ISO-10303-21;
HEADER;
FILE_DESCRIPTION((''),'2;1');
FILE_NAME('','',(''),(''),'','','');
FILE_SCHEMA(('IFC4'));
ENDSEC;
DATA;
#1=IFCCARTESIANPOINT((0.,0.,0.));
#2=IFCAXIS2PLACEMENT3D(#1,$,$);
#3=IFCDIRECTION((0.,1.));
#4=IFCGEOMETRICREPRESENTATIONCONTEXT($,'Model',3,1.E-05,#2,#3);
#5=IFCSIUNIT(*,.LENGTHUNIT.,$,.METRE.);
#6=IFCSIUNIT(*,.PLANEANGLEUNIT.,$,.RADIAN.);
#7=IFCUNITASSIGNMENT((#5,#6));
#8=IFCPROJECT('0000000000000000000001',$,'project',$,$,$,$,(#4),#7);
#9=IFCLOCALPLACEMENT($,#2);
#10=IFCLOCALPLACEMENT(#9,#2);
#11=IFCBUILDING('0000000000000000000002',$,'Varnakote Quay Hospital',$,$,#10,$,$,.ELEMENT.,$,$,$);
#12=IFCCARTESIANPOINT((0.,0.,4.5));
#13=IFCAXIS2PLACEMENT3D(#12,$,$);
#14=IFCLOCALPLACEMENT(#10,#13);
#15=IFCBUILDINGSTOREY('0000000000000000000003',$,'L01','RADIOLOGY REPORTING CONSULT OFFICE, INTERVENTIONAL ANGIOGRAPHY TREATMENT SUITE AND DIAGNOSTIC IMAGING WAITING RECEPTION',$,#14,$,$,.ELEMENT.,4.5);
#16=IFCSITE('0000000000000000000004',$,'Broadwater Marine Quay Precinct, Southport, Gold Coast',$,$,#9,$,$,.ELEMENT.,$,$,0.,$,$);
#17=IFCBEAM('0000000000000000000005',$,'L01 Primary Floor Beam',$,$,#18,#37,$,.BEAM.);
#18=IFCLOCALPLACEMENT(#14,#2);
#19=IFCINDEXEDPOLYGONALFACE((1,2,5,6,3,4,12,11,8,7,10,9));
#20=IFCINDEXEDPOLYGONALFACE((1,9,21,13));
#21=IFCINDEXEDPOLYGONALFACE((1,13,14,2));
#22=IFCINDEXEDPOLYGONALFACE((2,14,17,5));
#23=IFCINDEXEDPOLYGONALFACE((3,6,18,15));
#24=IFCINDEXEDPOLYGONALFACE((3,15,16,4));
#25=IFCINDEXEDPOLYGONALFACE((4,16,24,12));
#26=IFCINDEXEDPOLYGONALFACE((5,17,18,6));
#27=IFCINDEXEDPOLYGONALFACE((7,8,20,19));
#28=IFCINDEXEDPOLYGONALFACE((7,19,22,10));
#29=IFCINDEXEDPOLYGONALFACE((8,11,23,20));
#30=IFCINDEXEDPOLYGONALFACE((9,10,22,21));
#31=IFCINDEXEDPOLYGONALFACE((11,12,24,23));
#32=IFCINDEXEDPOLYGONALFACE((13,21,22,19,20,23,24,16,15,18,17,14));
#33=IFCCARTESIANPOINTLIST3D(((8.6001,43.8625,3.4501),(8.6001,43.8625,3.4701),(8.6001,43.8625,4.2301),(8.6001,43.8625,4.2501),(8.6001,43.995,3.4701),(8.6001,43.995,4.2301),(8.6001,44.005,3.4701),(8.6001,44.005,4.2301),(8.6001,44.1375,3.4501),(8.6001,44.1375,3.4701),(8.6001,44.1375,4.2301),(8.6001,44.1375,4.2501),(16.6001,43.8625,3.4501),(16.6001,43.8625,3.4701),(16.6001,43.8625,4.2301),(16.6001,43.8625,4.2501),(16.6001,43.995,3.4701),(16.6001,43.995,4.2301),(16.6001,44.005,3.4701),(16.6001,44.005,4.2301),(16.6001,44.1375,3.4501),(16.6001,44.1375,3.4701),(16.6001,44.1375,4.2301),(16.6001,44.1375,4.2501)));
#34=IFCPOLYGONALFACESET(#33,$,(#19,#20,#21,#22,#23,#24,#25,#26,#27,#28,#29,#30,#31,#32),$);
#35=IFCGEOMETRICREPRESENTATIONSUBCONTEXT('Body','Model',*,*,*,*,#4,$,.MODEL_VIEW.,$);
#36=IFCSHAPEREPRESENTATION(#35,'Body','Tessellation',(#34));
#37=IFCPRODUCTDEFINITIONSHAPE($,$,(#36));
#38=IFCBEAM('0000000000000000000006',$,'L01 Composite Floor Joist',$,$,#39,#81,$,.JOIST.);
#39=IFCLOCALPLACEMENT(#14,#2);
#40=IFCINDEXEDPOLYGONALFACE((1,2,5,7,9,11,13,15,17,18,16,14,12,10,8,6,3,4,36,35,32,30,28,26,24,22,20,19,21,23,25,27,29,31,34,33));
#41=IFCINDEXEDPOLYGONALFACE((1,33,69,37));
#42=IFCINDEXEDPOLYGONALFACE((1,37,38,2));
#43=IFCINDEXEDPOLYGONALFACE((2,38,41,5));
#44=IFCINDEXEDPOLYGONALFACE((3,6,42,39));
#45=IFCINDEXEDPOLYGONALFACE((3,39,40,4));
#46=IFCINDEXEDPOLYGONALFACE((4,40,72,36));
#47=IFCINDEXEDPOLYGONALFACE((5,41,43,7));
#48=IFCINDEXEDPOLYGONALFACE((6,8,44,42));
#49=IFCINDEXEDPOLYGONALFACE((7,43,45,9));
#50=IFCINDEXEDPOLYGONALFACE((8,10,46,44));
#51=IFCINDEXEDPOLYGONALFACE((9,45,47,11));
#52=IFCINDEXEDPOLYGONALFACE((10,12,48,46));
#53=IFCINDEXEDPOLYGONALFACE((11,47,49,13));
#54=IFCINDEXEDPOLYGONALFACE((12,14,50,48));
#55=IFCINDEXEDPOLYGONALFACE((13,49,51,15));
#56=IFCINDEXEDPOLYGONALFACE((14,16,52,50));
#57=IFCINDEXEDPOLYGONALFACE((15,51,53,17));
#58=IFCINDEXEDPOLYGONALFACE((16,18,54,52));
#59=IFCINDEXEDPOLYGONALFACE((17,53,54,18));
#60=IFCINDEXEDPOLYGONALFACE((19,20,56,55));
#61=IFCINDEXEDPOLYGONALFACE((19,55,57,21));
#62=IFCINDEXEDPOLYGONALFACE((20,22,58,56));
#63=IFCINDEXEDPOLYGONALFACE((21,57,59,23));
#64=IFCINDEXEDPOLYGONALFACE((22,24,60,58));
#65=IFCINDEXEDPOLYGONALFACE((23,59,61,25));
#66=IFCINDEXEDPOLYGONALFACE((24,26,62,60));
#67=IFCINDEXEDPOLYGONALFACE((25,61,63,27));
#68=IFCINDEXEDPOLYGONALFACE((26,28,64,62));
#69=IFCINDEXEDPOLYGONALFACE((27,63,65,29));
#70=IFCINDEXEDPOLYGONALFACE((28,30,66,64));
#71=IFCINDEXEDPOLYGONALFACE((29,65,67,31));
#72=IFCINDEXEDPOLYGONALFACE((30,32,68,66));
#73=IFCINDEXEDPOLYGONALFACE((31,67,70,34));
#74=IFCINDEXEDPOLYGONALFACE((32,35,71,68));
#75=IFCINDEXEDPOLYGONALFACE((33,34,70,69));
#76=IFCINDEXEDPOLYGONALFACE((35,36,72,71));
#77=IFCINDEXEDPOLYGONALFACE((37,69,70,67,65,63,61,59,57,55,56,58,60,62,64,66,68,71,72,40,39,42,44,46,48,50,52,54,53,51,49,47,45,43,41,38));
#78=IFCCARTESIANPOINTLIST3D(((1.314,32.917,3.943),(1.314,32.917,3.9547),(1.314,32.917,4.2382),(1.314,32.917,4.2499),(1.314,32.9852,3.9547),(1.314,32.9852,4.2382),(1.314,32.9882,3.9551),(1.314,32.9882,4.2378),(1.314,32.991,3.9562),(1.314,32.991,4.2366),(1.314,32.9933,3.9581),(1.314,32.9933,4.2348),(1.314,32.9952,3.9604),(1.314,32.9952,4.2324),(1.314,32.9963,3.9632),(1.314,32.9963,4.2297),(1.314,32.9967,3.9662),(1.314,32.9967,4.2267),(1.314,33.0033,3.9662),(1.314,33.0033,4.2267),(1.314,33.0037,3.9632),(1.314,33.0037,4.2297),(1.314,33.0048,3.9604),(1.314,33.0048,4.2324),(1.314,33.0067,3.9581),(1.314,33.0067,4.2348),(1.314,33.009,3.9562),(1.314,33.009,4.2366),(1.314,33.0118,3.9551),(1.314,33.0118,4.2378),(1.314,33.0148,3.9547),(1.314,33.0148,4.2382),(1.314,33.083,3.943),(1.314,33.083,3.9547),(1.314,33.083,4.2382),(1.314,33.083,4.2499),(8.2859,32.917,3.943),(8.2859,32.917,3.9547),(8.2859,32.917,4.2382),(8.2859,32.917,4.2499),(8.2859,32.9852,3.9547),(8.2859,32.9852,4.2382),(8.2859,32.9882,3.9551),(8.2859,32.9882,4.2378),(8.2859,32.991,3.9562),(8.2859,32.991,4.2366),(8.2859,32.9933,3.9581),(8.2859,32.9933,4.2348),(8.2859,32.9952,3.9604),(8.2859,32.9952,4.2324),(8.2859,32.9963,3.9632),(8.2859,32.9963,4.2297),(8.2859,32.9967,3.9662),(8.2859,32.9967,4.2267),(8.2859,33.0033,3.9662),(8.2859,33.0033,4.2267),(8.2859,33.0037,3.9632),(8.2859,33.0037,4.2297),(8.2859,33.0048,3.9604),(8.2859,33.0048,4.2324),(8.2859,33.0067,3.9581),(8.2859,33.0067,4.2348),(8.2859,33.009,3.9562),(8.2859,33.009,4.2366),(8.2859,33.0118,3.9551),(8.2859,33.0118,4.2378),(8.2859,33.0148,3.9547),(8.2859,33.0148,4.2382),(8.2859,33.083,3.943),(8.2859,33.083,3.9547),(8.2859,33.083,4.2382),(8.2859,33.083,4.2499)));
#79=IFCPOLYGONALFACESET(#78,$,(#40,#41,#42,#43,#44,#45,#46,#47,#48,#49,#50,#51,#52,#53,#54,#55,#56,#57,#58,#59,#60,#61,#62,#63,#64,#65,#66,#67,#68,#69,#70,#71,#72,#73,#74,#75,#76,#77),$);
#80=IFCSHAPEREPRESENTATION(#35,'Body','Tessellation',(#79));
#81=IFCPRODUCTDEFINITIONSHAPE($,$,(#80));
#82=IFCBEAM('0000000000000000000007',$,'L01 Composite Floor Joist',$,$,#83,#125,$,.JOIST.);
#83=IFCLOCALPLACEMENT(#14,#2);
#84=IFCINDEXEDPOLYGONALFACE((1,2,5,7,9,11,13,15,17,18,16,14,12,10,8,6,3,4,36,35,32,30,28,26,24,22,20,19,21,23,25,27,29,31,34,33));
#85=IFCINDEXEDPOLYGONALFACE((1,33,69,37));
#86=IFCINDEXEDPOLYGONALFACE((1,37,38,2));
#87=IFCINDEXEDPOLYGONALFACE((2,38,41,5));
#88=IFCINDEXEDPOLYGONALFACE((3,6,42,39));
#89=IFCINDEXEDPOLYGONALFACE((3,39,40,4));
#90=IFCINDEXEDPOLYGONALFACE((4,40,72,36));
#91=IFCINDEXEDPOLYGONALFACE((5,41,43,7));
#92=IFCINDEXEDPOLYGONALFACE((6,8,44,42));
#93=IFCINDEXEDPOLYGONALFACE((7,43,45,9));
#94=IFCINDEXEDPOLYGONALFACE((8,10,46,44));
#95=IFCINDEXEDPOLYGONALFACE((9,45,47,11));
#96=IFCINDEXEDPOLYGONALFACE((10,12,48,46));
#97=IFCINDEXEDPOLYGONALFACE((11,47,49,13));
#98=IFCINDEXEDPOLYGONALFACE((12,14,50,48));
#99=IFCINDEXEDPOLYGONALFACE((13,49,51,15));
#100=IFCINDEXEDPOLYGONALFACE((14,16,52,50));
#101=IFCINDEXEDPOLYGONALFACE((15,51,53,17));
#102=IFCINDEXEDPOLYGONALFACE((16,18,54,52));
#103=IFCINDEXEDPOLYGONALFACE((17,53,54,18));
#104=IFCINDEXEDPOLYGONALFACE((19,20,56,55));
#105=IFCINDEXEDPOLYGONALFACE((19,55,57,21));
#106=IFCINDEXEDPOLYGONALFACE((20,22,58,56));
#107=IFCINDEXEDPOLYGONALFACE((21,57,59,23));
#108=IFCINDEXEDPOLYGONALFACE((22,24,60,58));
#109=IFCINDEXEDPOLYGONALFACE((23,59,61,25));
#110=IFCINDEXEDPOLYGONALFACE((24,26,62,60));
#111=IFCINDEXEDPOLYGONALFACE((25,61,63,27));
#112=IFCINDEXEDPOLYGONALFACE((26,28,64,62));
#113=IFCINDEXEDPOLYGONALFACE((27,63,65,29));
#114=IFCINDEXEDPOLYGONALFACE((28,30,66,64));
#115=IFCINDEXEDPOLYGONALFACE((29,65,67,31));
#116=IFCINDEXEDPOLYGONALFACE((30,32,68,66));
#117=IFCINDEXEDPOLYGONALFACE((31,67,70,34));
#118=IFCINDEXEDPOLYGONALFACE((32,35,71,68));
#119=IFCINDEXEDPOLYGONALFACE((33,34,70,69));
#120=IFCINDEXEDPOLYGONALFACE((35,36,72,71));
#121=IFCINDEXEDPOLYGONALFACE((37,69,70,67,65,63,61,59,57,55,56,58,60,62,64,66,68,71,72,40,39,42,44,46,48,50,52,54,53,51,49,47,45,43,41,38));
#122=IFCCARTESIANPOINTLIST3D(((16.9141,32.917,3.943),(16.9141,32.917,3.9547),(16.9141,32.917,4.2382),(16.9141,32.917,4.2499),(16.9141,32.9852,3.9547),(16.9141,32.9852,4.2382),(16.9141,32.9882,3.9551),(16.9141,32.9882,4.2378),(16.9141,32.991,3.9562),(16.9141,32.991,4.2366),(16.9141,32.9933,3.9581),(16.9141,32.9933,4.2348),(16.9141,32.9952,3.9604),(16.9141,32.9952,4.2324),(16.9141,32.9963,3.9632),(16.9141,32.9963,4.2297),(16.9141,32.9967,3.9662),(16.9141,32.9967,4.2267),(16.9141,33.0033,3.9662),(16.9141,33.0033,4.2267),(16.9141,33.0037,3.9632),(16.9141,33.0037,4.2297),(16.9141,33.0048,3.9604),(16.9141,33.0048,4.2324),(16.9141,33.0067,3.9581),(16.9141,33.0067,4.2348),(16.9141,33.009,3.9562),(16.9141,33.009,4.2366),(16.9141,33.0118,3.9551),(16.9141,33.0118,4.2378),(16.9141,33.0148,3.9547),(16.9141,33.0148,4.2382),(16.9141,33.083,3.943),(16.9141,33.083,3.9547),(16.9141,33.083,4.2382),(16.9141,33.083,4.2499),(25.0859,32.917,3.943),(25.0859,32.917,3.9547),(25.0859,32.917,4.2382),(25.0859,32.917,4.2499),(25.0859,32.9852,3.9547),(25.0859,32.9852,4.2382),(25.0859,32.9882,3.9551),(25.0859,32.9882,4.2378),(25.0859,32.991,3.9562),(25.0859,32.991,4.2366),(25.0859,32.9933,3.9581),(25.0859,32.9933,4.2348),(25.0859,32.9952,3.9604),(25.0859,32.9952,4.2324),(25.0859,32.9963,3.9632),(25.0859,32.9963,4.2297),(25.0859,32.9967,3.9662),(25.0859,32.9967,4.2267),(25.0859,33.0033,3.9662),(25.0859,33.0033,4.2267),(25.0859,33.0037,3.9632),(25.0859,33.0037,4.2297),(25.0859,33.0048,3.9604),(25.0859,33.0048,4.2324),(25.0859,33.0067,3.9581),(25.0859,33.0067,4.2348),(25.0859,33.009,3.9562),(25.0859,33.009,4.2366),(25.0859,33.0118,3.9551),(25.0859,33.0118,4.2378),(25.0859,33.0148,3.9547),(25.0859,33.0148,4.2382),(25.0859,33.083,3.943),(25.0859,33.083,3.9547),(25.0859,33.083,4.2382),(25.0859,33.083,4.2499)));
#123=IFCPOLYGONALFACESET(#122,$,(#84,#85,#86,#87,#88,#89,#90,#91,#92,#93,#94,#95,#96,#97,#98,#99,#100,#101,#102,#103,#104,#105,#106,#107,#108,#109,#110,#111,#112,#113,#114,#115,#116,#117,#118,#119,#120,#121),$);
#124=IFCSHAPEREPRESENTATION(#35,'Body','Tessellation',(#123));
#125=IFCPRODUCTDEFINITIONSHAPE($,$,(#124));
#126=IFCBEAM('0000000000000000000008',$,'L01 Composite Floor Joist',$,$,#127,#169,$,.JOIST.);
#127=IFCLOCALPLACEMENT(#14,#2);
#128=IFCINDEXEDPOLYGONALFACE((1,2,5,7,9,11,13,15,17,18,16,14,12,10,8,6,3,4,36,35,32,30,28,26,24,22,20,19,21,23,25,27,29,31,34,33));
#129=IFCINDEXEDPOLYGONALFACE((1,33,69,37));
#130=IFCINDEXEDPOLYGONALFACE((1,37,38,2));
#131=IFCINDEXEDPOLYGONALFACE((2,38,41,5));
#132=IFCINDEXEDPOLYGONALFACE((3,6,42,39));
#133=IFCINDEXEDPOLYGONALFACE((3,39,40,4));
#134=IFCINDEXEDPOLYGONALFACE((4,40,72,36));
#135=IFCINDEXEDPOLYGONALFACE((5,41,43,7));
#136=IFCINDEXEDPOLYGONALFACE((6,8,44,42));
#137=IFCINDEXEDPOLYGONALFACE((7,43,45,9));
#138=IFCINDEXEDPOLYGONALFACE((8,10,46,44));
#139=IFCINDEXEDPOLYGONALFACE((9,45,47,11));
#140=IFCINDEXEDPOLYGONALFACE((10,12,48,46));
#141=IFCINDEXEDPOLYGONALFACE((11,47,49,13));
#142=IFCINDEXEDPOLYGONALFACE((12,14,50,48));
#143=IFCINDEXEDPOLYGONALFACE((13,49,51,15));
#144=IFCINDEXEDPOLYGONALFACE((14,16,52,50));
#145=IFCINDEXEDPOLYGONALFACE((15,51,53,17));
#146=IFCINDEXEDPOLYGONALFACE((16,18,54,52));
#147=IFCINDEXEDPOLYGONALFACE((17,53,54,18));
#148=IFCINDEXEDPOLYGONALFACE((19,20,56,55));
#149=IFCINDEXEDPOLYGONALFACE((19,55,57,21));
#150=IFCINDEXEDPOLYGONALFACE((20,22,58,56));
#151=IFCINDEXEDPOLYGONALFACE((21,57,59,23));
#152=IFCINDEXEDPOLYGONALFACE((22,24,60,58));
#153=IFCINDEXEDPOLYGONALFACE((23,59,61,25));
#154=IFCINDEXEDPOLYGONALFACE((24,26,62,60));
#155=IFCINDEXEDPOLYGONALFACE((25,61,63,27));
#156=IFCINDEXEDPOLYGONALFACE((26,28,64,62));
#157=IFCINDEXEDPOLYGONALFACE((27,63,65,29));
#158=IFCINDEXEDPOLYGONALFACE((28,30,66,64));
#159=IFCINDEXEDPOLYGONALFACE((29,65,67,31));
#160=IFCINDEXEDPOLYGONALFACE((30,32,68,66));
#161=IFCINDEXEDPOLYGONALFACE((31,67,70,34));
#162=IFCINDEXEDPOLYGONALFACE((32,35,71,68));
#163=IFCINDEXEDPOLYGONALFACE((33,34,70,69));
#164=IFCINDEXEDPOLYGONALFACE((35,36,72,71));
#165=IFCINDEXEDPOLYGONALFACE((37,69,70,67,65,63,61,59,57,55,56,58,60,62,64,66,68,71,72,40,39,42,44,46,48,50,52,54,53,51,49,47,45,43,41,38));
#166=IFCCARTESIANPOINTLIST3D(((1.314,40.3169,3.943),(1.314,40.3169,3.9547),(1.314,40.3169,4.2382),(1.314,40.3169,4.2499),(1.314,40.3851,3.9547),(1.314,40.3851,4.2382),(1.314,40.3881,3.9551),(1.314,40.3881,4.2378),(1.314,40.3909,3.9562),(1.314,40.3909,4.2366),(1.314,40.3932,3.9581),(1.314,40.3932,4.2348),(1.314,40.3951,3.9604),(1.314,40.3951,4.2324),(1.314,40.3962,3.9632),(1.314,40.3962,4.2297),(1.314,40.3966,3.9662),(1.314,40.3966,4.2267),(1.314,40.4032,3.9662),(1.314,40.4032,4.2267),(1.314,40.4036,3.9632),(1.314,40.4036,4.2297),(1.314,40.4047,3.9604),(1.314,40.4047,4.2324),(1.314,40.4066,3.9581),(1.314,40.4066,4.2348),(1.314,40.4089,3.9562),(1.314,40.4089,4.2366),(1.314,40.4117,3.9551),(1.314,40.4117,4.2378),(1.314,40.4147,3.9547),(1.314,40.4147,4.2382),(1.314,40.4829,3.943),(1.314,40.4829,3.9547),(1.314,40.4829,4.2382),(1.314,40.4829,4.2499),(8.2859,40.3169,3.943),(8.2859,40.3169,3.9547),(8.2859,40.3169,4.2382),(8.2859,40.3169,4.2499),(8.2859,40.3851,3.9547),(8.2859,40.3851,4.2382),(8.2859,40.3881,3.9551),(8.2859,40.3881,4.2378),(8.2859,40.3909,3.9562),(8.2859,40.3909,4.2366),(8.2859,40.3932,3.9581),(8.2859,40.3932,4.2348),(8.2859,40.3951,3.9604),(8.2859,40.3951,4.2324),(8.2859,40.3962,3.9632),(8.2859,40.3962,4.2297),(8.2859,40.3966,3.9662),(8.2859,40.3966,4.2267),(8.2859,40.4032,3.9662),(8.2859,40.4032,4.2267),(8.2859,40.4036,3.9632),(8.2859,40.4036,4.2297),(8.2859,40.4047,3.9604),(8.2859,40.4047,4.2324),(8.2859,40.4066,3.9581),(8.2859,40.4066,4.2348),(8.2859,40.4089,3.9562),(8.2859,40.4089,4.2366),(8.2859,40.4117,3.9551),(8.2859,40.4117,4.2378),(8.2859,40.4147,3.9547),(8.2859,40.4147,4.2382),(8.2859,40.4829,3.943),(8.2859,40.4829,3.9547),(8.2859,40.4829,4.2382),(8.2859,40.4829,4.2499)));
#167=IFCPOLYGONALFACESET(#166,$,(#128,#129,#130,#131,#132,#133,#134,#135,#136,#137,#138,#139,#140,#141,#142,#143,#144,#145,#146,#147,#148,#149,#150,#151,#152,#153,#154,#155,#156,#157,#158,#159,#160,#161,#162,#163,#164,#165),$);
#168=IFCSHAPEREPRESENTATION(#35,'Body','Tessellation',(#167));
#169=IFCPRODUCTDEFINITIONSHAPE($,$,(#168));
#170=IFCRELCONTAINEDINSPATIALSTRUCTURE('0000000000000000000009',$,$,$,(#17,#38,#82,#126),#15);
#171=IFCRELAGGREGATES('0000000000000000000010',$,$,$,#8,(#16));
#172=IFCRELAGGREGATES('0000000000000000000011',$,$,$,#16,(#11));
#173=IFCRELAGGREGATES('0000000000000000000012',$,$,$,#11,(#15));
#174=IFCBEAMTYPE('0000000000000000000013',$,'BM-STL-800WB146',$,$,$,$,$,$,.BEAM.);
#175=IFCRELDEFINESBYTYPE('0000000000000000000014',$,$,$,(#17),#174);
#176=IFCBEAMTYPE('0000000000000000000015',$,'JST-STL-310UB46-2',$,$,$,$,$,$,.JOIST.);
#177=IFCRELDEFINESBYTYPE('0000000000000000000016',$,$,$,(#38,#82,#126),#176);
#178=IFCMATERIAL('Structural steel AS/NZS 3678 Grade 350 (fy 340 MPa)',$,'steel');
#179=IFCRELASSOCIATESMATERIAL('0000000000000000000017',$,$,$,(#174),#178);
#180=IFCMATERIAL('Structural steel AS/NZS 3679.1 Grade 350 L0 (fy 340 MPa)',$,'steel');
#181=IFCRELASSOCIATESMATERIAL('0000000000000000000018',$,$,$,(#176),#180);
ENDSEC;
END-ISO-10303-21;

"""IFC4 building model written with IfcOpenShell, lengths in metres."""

from ifc_helpers import new_model, si_unit, direction, frame, origin, origin_2d, place, context, subcontext, project, spatial, i_section, extrude, material, material_profile, profile_set, type_object, element, save


model = new_model("IFC4")

# Units and contexts
model_context = context("Model", 3, precision=1e-05, world=origin(), true_north=direction((0.0, 1.0)))
body_context = subcontext(model_context, "Body", "Model", "MODEL_VIEW")
ifc_project = project(units=[si_unit("LENGTHUNIT", "METRE"), si_unit("PLANEANGLEUNIT", "RADIAN")], contexts=[model_context])

# Site, building, storey
site_placement = place(None, origin())
site = spatial("IfcSite", under=ifc_project, at=site_placement, Name="Broadwater Marine Quay Precinct, Southport, Gold Coast", CompositionType="ELEMENT", RefElevation=0.0)
building_placement = place(site_placement, origin())
building = spatial("IfcBuilding", under=site, at=building_placement, Name="Varnakote Quay Hospital", CompositionType="ELEMENT")
storey_placement = place(building_placement, frame((0.0, 0.0, 4.5)))
storey = spatial("IfcBuildingStorey", under=building, at=storey_placement, Name="L01", Description="RADIOLOGY REPORTING CONSULT OFFICE, INTERVENTIONAL ANGIOGRAPHY TREATMENT SUITE AND DIAGNOSTIC IMAGING WAITING RECEPTION", CompositionType="ELEMENT", Elevation=4.5)

# Beams
ifc_material_1 = material(Name="Structural steel AS/NZS 3678 Grade 350 (fy 340 MPa)", Category="steel")
ifc_material_profile_1 = material_profile(ifc_material_1, i_section(OverallWidth=0.2749, OverallDepth=0.8, WebThickness=0.01, FlangeThickness=0.02, at=origin_2d()), Name="800WB146")
ifc_profile_set_1 = profile_set([ifc_material_profile_1], Name="Structural steel AS/NZS 3678 Grade 350 (fy 340 MPa)")
beam_type_1 = type_object("IfcBeamType", Name="BM-STL-800WB146", PredefinedType="BEAM", material=ifc_profile_set_1)
beam_1_placement = place(storey_placement, frame((8.6001, 44.0, 3.8501), z_axis=(1.0, 0.0, 0.0), x_axis=(0.0, 1.0, 0.0)))
element("IfcBeam", 1, at=beam_1_placement, inside=storey, type_object=beam_type_1, Name="L01 Primary Floor Beam", PredefinedType="BEAM", context=body_context, shape_type="SweptSolid", body=[
    extrude(i_section(OverallWidth=0.2749, OverallDepth=0.8, WebThickness=0.01, FlangeThickness=0.02, at=origin_2d()), origin(), (0.0, 0.0, 1.0), 8.0),
])
ifc_material_2 = material(Name="Structural steel AS/NZS 3679.1 Grade 350 L0 (fy 340 MPa)", Category="steel")
ifc_material_profile_2 = material_profile(ifc_material_2, i_section(OverallWidth=0.166, OverallDepth=0.3069, WebThickness=0.0066, FlangeThickness=0.0117, FilletRadius=0.0115, at=origin_2d()), Name="310UB46.2")
ifc_profile_set_2 = profile_set([ifc_material_profile_2], Name="Structural steel AS/NZS 3679.1 Grade 350 L0 (fy 340 MPa)")
beam_type_2 = type_object("IfcBeamType", Name="JST-STL-310UB46-2", PredefinedType="JOIST", material=ifc_profile_set_2)
beam_2_placement = place(storey_placement, frame((1.314, 33.0, 4.0964), z_axis=(1.0, 0.0, 0.0), x_axis=(0.0, 1.0, 0.0)))
element("IfcBeam", 2, at=beam_2_placement, inside=storey, type_object=beam_type_2, Name="L01 Composite Floor Joist", PredefinedType="JOIST", context=body_context, shape_type="SweptSolid", body=[
    extrude(i_section(OverallWidth=0.166, OverallDepth=0.3069, WebThickness=0.0066, FlangeThickness=0.0117, FilletRadius=0.0115, at=origin_2d()), origin(), (0.0, 0.0, 1.0), 6.9719),
])
beam_3_placement = place(storey_placement, frame((16.9141, 33.0, 4.0964), z_axis=(1.0, 0.0, 0.0), x_axis=(0.0, 1.0, 0.0)))
element("IfcBeam", 3, at=beam_3_placement, inside=storey, type_object=beam_type_2, Name="L01 Composite Floor Joist", PredefinedType="JOIST", context=body_context, shape_type="SweptSolid", body=[
    extrude(i_section(OverallWidth=0.166, OverallDepth=0.3069, WebThickness=0.0066, FlangeThickness=0.0117, FilletRadius=0.0115, at=origin_2d()), origin(), (0.0, 0.0, 1.0), 8.1719),
])
beam_4_placement = place(storey_placement, frame((1.314, 40.3999, 4.0964), z_axis=(1.0, 0.0, 0.0), x_axis=(0.0, 1.0, 0.0)))
element("IfcBeam", 4, at=beam_4_placement, inside=storey, type_object=beam_type_2, Name="L01 Composite Floor Joist", PredefinedType="JOIST", context=body_context, shape_type="SweptSolid", body=[
    extrude(i_section(OverallWidth=0.166, OverallDepth=0.3069, WebThickness=0.0066, FlangeThickness=0.0117, FilletRadius=0.0115, at=origin_2d()), origin(), (0.0, 0.0, 1.0), 6.9719),
])

save(model, "model.ifc")
